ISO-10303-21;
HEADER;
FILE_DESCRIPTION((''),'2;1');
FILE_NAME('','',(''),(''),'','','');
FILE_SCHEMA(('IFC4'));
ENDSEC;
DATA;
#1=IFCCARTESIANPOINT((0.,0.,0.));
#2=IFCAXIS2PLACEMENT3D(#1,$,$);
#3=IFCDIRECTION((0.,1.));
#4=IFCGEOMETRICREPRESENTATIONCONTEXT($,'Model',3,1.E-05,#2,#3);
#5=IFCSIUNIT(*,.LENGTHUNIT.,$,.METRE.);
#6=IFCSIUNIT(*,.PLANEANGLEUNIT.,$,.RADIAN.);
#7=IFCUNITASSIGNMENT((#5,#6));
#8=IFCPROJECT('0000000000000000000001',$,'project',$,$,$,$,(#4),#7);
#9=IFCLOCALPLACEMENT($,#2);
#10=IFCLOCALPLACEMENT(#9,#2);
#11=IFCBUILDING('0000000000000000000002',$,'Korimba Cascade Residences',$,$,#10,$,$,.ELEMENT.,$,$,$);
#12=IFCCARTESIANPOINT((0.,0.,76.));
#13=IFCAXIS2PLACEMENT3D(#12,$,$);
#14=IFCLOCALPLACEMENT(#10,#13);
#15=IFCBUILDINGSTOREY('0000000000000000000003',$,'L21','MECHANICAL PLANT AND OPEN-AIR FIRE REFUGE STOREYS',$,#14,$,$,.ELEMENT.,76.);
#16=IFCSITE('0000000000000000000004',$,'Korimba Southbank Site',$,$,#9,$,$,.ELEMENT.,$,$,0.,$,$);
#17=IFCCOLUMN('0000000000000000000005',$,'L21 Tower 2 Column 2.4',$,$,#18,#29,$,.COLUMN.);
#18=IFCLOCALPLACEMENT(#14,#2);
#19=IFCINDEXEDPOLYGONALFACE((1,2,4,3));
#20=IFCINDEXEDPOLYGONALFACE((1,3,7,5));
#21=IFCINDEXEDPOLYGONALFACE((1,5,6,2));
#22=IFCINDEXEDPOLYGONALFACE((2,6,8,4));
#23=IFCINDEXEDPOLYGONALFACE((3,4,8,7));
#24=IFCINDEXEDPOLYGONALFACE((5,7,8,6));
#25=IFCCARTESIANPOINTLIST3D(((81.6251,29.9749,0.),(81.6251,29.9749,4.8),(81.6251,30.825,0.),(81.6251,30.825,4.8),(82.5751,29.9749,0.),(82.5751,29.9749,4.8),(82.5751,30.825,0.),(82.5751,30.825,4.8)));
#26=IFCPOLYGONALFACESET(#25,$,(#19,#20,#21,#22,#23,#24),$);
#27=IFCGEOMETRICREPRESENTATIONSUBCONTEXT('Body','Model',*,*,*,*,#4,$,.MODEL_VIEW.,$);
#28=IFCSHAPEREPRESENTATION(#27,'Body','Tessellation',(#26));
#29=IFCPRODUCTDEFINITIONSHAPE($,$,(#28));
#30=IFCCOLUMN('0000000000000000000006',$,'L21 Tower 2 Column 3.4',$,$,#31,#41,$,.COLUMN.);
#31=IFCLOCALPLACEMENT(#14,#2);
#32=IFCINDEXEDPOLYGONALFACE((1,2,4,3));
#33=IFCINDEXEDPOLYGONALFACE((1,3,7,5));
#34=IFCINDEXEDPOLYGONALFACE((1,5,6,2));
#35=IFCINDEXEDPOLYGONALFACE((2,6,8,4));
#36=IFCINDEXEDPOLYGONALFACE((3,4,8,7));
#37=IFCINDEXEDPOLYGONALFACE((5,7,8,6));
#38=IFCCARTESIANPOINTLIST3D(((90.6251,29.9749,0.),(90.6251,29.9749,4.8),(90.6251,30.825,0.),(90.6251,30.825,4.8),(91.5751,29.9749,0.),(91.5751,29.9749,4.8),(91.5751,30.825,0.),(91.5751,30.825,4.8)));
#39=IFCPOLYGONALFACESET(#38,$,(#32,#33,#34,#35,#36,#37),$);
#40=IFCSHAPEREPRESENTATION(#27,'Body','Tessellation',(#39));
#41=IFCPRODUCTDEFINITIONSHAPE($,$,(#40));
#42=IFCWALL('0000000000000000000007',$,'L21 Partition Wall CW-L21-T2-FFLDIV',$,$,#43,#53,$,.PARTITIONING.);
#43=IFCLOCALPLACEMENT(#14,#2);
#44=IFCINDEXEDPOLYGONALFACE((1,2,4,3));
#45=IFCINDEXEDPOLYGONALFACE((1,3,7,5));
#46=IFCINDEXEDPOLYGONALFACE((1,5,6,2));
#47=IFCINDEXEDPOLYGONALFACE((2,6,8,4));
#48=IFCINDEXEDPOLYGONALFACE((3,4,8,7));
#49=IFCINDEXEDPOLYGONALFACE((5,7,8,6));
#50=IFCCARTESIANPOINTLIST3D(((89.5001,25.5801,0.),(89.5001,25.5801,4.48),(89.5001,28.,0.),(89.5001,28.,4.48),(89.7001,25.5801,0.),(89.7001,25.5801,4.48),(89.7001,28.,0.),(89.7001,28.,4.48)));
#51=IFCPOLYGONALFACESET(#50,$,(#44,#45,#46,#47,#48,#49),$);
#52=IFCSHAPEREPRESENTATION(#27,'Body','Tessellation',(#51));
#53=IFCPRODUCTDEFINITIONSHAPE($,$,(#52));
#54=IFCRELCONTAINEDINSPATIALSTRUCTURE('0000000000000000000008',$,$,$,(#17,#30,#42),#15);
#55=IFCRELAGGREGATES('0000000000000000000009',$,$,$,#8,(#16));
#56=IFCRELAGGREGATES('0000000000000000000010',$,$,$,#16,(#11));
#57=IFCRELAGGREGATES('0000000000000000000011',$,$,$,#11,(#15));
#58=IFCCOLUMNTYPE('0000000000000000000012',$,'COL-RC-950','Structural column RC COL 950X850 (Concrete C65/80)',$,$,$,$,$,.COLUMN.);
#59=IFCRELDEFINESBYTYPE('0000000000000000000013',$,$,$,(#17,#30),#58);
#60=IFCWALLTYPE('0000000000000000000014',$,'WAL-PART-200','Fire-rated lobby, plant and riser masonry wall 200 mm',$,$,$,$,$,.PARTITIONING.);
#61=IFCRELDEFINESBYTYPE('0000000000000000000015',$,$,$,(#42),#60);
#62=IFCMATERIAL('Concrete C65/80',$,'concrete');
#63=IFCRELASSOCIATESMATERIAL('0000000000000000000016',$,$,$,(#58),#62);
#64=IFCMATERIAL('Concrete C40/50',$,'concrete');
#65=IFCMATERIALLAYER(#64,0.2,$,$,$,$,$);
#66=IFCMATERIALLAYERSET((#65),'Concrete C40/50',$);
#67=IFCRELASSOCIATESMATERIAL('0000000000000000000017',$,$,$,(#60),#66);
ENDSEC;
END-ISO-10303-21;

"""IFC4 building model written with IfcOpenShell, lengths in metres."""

from ifc_helpers import new_model, si_unit, direction, frame, frame_2d, origin, origin_2d, place, context, subcontext, project, spatial, rectangle, extrude, material, layer, layer_set, material_profile, profile_set, type_object, element, save


model = new_model("IFC4")

# Units and contexts
model_context = context("Model", 3, precision=1e-05, world=origin(), true_north=direction((0.0, 1.0)))
body_context = subcontext(model_context, "Body", "Model", "MODEL_VIEW")
ifc_project = project(units=[si_unit("LENGTHUNIT", "METRE"), si_unit("PLANEANGLEUNIT", "RADIAN")], contexts=[model_context])

# Site, building, storey
site_placement = place(None, origin())
site = spatial("IfcSite", under=ifc_project, at=site_placement, Name="Korimba Southbank Site", CompositionType="ELEMENT", RefElevation=0.0)
building_placement = place(site_placement, origin())
building = spatial("IfcBuilding", under=site, at=building_placement, Name="Korimba Cascade Residences", CompositionType="ELEMENT")
storey_placement = place(building_placement, frame((0.0, 0.0, 76.0)))
storey = spatial("IfcBuildingStorey", under=building, at=storey_placement, Name="L21", Description="MECHANICAL PLANT AND OPEN-AIR FIRE REFUGE STOREYS", CompositionType="ELEMENT", Elevation=76.0)

# Columns
ifc_material_1 = material(Name="Concrete C65/80", Category="concrete")
ifc_material_profile = material_profile(ifc_material_1, rectangle(XDim=0.95, YDim=0.8501, at=origin_2d()), Name="Concrete C65/80")
ifc_profile_set = profile_set([ifc_material_profile], Name="Concrete C65/80")
column_type = type_object("IfcColumnType", Name="COL-RC-950", Description="Structural column RC COL 950X850 (Concrete C65/80)", PredefinedType="COLUMN", material=ifc_profile_set)
for number, where, z_axis, x_axis, name in (
    (1, (82.1001, 30.3999, 0.0), (0.0, 0.0, 1.0), (1.0, 0.0, 0.0), "L21 Tower 2 Column 2.4"),
    (2, (91.1001, 30.3999, 0.0), (0.0, 0.0, 1.0), (1.0, 0.0, 0.0), "L21 Tower 2 Column 3.4"),
):
    element("IfcColumn", number, at=place(storey_placement, frame(where, z_axis=z_axis, x_axis=x_axis)), inside=storey, type_object=column_type, Name=name, PredefinedType="COLUMN", context=body_context, shape_type="SweptSolid", body=[
        extrude(rectangle(XDim=0.95, YDim=0.8501, at=origin_2d()), origin(), (0.0, 0.0, 1.0), 4.8),
    ])

# Wall
ifc_material_2 = material(Name="Concrete C40/50", Category="concrete")
ifc_layer_1 = layer(ifc_material_2, 0.2)
ifc_layer_set_1 = layer_set([ifc_layer_1], Name="Concrete C40/50")
wall_type_1 = type_object("IfcWallType", Name="WAL-PART-200", Description="Fire-rated lobby, plant and riser masonry wall 200 mm", PredefinedType="PARTITIONING", material=ifc_layer_set_1)
wall_1_placement = place(storey_placement, frame((89.6001, 25.5801, 0.0), z_axis=(0.0, 0.0, 1.0), x_axis=(0.0, 1.0, 0.0)))
element("IfcWall", 3, at=wall_1_placement, inside=storey, type_object=wall_type_1, Name="L21 Partition Wall CW-L21-T2-FFLDIV", PredefinedType="PARTITIONING", context=body_context, shape_type="SweptSolid", body=[
    extrude(rectangle(XDim=2.4199, YDim=0.2, at=frame_2d((1.21, 0.0))), origin(), (0.0, 0.0, 1.0), 4.48),
])

save(model, "model.ifc")
